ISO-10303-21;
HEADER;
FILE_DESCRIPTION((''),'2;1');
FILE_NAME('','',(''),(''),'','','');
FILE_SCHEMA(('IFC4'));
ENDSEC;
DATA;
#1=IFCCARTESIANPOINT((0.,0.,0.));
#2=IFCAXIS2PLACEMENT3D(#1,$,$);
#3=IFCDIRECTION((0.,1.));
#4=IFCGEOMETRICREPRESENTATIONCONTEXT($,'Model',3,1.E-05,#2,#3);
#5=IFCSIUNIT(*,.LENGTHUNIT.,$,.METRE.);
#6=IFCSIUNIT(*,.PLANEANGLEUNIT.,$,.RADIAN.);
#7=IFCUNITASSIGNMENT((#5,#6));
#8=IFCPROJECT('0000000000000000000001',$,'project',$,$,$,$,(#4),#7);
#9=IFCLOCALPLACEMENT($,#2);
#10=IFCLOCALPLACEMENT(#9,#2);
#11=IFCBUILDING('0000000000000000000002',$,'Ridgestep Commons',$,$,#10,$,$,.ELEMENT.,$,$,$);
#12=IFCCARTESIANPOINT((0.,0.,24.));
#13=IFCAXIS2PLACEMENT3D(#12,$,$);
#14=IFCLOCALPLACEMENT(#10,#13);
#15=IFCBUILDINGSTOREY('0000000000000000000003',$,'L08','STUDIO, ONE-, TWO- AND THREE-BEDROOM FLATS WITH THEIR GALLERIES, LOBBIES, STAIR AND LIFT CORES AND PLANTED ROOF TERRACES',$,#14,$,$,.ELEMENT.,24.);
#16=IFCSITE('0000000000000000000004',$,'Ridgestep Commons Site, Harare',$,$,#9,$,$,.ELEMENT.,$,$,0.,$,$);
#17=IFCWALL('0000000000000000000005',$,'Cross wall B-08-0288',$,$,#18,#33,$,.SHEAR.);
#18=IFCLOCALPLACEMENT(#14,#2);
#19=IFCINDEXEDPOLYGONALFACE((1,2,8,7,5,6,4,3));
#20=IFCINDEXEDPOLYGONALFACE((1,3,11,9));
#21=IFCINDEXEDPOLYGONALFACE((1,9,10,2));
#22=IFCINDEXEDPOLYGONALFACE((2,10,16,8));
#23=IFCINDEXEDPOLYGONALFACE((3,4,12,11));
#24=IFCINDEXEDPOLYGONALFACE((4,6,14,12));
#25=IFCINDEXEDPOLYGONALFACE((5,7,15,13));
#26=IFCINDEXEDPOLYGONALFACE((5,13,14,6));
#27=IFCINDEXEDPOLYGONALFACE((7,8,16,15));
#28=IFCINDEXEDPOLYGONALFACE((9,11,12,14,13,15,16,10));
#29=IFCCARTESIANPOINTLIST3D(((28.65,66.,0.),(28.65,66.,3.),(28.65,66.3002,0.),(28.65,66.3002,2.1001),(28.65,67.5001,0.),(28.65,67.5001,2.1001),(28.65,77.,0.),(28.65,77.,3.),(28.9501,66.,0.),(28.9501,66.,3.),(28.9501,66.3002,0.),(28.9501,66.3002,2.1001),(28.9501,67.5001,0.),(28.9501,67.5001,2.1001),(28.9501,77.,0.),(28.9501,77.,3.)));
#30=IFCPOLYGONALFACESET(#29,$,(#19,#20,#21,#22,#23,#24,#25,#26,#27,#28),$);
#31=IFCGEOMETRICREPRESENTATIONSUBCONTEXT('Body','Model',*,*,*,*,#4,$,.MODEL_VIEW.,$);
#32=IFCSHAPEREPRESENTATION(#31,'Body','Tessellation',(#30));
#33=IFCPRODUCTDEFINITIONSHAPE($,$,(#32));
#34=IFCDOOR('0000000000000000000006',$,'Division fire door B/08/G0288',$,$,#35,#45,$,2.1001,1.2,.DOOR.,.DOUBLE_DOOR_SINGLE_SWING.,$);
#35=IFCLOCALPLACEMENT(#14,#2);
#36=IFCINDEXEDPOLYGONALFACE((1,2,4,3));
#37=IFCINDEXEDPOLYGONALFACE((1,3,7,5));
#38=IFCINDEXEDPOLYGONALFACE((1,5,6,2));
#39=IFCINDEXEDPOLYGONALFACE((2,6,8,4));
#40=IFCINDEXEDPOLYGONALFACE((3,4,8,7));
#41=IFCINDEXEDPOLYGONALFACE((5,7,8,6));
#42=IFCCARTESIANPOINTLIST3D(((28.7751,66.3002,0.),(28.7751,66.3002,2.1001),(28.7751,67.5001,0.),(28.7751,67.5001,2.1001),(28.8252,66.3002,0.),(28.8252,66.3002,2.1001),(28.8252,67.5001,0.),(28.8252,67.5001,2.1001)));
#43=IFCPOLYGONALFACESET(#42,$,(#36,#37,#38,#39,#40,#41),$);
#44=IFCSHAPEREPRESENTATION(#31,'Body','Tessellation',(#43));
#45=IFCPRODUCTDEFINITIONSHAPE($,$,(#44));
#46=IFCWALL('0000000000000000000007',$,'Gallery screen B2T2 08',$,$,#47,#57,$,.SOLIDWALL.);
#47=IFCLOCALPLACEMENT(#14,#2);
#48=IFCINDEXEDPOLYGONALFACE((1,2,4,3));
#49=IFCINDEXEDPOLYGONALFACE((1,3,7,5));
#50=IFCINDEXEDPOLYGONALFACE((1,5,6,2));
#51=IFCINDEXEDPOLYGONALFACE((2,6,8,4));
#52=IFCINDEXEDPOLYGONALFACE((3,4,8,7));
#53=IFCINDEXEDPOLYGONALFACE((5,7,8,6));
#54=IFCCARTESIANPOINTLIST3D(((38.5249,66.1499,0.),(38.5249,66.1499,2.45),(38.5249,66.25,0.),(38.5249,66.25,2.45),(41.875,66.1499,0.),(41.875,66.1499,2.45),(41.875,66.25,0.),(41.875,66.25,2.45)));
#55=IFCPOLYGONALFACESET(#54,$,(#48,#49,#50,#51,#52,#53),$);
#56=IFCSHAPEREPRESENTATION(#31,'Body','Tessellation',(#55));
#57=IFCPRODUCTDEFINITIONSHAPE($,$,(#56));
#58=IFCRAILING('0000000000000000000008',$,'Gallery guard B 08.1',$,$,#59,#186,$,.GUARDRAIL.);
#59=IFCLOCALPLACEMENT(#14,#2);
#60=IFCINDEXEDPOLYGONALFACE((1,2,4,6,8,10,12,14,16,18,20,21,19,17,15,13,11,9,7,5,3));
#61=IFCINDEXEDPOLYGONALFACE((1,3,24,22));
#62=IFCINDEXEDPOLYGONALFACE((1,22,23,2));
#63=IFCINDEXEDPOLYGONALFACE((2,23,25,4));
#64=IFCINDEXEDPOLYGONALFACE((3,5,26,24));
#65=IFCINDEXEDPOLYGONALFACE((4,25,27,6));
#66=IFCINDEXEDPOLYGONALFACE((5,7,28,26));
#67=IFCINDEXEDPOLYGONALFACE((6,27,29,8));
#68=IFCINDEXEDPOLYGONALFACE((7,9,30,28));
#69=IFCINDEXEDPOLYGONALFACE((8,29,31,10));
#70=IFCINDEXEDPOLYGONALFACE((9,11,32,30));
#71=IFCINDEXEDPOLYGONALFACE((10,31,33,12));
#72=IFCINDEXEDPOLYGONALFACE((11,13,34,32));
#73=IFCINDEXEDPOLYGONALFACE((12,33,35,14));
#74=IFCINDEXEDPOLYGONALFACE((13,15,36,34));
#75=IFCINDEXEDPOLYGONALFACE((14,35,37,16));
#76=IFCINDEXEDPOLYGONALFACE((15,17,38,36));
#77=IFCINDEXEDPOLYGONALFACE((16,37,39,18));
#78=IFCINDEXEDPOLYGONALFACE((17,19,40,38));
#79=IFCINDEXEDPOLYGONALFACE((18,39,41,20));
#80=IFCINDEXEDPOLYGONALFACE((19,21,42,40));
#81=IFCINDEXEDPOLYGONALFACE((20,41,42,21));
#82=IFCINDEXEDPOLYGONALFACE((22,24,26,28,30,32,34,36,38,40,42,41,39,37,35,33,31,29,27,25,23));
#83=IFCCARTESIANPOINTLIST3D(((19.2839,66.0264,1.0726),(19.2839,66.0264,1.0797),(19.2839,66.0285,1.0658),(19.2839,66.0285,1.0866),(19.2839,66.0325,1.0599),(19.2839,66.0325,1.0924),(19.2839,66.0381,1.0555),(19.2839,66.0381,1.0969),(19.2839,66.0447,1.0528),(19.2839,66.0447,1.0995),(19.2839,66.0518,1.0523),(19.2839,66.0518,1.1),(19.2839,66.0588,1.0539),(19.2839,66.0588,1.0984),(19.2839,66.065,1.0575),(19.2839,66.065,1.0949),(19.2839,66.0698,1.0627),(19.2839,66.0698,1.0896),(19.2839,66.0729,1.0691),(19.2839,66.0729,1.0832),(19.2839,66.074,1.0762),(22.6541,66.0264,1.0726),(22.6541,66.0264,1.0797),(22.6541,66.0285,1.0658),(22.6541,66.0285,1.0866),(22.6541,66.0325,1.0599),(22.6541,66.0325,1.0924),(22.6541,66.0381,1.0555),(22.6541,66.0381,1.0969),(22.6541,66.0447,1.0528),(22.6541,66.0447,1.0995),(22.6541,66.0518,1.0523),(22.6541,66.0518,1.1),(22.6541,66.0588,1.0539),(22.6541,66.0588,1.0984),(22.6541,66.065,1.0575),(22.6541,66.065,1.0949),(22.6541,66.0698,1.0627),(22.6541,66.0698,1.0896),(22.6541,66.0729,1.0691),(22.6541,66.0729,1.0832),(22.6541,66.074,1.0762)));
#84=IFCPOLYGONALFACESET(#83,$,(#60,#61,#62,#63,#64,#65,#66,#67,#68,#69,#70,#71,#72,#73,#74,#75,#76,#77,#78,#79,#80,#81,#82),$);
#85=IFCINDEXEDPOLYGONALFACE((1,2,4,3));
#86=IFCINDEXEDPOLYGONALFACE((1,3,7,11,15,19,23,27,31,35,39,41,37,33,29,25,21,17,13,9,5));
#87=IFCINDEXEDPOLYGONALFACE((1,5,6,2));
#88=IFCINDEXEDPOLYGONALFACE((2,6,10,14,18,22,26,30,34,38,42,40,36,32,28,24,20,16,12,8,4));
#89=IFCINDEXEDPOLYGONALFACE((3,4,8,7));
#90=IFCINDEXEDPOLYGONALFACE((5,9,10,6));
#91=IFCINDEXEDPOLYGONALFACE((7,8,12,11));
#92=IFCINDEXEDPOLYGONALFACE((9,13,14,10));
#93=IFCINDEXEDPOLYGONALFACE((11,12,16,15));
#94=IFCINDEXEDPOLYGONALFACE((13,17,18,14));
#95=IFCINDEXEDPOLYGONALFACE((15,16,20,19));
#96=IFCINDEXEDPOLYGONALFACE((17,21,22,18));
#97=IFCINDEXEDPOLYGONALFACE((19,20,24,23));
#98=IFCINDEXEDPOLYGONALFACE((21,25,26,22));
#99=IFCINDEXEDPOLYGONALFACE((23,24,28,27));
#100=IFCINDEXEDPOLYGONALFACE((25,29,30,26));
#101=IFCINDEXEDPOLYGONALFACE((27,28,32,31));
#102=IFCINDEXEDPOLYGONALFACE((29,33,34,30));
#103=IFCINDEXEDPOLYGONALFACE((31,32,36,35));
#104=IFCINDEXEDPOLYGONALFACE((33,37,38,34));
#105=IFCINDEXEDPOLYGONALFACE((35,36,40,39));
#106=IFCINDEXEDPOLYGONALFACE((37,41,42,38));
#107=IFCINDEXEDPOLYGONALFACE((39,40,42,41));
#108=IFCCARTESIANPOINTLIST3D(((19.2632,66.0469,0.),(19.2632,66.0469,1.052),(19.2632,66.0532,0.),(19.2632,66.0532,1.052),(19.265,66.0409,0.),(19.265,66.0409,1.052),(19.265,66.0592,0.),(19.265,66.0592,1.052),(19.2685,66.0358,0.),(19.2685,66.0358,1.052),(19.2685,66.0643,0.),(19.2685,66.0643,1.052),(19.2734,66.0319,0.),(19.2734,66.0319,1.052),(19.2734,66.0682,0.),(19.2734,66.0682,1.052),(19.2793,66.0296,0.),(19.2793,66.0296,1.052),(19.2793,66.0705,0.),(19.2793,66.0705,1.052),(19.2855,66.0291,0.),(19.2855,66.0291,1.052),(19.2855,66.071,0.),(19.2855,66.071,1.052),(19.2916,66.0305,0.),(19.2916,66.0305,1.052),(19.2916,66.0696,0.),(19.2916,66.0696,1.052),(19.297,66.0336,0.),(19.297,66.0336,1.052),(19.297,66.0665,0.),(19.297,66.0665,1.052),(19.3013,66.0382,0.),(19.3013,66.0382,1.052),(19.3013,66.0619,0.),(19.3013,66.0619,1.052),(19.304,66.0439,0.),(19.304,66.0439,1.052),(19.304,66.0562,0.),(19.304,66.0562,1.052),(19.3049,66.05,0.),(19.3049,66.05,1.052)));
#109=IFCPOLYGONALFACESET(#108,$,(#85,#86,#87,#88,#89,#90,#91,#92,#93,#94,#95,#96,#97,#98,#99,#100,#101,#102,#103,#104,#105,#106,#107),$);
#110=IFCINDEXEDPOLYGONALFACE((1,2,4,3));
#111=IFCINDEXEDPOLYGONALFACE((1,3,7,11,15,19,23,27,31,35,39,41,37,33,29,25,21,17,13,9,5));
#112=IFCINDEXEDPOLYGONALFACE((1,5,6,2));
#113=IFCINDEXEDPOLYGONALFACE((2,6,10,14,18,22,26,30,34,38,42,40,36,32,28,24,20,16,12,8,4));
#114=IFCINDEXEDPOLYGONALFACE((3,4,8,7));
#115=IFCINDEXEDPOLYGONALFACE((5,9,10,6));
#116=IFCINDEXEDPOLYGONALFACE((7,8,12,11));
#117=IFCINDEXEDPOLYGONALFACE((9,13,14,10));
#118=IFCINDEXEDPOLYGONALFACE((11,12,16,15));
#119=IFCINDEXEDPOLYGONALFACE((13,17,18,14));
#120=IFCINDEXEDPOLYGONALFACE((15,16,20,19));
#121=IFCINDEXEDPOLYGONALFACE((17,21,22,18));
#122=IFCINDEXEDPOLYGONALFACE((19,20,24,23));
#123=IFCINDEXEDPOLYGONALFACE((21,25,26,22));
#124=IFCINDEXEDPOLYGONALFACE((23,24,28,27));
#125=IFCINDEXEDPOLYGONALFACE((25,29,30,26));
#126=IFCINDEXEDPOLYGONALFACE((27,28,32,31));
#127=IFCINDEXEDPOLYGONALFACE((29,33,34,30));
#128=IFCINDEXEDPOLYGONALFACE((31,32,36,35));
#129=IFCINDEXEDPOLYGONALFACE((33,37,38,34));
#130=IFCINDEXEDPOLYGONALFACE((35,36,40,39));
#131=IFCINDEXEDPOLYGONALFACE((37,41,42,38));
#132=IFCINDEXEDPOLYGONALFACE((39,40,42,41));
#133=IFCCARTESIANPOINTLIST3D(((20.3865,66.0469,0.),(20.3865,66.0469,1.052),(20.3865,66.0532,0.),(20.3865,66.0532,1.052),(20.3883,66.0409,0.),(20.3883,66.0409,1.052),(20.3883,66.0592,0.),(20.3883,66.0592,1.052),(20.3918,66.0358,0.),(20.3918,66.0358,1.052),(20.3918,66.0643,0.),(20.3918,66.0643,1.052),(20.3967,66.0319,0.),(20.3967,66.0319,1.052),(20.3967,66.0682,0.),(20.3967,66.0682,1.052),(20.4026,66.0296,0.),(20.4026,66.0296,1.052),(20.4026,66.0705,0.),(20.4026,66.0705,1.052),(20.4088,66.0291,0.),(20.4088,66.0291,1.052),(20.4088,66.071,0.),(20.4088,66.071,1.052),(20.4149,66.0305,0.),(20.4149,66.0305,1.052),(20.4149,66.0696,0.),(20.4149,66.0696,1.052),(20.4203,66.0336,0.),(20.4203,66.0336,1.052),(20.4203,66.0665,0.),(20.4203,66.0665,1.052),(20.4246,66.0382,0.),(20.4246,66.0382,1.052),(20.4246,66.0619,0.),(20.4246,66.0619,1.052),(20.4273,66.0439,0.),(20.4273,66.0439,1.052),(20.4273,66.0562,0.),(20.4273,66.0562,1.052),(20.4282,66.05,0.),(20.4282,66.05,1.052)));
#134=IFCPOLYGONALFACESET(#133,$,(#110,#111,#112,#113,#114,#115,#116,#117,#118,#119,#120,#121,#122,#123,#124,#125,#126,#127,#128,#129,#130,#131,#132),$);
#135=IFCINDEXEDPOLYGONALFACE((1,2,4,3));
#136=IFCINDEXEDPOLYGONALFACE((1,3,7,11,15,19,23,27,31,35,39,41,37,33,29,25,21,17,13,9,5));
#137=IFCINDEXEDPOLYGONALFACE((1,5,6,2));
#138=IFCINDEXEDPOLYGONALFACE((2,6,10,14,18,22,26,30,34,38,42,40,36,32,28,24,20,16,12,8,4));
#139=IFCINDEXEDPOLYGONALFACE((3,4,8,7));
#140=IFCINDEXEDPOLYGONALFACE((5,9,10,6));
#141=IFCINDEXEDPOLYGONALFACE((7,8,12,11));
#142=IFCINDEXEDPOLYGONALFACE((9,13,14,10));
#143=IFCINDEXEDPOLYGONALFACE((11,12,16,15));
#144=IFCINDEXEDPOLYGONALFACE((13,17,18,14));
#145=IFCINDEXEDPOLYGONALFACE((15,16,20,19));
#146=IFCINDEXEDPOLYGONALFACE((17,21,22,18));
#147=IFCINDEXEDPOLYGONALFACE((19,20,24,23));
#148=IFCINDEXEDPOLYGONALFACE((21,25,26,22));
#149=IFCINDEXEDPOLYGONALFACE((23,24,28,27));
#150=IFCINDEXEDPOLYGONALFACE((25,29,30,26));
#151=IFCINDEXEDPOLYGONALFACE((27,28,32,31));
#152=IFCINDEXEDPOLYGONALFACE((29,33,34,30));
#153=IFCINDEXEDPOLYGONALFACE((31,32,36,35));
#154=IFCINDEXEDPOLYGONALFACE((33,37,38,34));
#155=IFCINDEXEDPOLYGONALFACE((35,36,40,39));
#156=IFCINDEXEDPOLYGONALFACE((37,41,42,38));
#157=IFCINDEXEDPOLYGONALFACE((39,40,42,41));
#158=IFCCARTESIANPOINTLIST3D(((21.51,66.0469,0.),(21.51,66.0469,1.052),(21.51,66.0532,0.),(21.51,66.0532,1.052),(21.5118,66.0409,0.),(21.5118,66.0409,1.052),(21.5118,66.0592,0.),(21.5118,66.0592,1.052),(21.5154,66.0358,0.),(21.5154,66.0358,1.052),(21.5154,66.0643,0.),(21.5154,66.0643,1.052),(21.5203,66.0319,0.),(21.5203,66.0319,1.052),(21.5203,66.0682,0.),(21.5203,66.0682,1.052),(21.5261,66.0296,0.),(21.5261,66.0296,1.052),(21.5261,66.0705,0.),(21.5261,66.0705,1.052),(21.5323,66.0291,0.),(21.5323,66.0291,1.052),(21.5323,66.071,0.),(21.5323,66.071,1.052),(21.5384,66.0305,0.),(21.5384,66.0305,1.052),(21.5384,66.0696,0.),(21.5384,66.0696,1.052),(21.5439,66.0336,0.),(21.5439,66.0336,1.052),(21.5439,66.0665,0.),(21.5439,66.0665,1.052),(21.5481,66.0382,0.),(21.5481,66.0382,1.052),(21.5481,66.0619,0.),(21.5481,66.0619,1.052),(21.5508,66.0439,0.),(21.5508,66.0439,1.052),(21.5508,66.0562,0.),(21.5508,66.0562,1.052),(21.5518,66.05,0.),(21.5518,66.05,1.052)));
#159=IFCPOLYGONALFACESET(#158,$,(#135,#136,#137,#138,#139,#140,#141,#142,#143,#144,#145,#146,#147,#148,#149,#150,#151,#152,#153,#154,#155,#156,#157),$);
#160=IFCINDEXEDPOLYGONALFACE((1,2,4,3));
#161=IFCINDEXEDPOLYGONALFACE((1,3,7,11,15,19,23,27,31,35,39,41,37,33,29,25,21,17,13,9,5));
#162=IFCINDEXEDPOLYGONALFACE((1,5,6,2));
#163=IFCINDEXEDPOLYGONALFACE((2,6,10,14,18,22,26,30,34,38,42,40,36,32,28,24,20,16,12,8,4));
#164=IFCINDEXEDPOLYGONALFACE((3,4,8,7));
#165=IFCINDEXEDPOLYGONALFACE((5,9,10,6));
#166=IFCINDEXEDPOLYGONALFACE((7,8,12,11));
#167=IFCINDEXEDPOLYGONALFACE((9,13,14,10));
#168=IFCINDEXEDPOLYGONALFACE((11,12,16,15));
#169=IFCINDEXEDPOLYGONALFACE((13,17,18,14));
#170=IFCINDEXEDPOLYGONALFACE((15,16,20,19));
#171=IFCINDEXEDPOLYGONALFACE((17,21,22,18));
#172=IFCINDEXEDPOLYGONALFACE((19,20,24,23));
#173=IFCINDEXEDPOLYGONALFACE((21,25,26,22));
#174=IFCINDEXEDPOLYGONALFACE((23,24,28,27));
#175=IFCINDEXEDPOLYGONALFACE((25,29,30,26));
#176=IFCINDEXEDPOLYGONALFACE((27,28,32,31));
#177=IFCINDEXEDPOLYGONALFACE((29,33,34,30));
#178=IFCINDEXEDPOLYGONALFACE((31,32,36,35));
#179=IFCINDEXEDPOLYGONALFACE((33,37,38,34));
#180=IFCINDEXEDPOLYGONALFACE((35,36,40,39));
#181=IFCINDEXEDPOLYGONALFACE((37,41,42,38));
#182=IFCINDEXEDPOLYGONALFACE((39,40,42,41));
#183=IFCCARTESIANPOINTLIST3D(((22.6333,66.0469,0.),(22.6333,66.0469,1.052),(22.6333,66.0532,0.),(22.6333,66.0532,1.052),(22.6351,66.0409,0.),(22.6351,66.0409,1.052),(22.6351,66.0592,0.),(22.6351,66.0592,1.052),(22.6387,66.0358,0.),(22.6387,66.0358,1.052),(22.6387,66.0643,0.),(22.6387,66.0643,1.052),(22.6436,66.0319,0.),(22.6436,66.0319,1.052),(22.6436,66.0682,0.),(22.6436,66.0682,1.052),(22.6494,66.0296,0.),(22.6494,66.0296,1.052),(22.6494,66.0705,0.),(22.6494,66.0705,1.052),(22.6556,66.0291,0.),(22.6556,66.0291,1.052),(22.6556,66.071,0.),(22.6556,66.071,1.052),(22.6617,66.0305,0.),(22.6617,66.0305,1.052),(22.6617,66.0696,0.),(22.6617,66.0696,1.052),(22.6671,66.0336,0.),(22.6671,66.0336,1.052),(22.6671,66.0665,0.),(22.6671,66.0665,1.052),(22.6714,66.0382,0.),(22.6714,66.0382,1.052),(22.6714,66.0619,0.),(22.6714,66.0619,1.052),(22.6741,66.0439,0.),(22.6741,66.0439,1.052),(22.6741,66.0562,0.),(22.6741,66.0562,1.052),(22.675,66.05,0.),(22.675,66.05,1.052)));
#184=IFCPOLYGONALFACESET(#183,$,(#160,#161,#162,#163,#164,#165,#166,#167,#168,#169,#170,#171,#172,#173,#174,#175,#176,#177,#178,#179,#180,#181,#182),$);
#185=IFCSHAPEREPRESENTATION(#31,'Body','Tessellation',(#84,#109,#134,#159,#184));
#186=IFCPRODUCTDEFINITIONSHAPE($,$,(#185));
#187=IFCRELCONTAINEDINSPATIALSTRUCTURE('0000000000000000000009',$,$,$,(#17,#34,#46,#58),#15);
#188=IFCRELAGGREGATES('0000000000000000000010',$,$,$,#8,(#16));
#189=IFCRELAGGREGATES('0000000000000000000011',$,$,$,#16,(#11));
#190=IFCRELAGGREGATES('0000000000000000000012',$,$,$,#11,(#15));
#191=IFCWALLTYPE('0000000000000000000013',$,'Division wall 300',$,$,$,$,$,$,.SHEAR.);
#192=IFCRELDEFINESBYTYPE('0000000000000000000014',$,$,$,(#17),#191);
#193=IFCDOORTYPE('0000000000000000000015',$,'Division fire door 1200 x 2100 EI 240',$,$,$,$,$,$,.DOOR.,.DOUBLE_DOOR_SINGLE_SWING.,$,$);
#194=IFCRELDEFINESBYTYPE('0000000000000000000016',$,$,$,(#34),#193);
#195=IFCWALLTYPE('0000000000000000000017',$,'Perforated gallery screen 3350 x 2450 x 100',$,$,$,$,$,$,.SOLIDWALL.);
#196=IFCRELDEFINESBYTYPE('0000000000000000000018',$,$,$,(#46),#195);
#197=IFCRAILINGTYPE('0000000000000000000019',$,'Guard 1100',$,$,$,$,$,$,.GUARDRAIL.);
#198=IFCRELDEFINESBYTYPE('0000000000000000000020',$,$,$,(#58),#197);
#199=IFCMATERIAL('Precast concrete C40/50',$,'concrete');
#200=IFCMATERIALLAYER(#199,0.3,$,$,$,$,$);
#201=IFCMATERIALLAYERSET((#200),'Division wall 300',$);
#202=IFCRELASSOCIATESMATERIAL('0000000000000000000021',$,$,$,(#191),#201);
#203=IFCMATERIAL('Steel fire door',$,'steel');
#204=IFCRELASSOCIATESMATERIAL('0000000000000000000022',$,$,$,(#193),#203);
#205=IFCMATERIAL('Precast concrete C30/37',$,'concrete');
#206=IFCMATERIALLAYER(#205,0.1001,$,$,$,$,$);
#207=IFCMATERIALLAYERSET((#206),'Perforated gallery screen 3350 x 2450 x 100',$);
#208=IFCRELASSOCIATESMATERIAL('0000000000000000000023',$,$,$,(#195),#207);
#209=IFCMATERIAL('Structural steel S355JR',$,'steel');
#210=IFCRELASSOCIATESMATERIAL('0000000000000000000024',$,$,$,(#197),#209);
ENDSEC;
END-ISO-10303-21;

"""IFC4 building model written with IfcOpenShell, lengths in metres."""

from ifc_helpers import new_model, si_unit, direction, frame, frame_2d, origin, origin_2d, place, context, subcontext, project, spatial, rectangle, circle, extrude, material, layer, layer_set, type_object, element, fill, save


model = new_model("IFC4")

# Units and contexts
model_context = context("Model", 3, precision=1e-05, world=origin(), true_north=direction((0.0, 1.0)))
body_context = subcontext(model_context, "Body", "Model", "MODEL_VIEW")
ifc_project = project(units=[si_unit("LENGTHUNIT", "METRE"), si_unit("PLANEANGLEUNIT", "RADIAN")], contexts=[model_context])

# Site, building, storey
site_placement = place(None, origin())
site = spatial("IfcSite", under=ifc_project, at=site_placement, Name="Ridgestep Commons Site, Harare", CompositionType="ELEMENT", RefElevation=0.0)
building_placement = place(site_placement, origin())
building = spatial("IfcBuilding", under=site, at=building_placement, Name="Ridgestep Commons", CompositionType="ELEMENT")
storey_placement = place(building_placement, frame((0.0, 0.0, 24.0)))
storey = spatial("IfcBuildingStorey", under=building, at=storey_placement, Name="L08", Description="STUDIO, ONE-, TWO- AND THREE-BEDROOM FLATS WITH THEIR GALLERIES, LOBBIES, STAIR AND LIFT CORES AND PLANTED ROOF TERRACES", CompositionType="ELEMENT", Elevation=24.0)

# Wall, opening, door
ifc_material_1 = material(Name="Precast concrete C40/50", Category="concrete")
ifc_layer_1 = layer(ifc_material_1, 0.3)
ifc_layer_set_1 = layer_set([ifc_layer_1], Name="Division wall 300")
wall_type_1 = type_object("IfcWallType", Name="Division wall 300", PredefinedType="SHEAR", material=ifc_layer_set_1)
wall_1_placement = place(storey_placement, frame((28.8, 66.0, 0.0), z_axis=(0.0, 0.0, 1.0), x_axis=(0.0, 1.0, 0.0)))
wall_1 = element("IfcWall", 1, at=wall_1_placement, inside=storey, type_object=wall_type_1, Name="Cross wall B-08-0288", PredefinedType="SHEAR", context=body_context, shape_type="SweptSolid", body=[
    extrude(rectangle(XDim=11.0, YDim=0.3, at=frame_2d((5.5, 0.0))), origin(), (0.0, 0.0, 1.0), 3.0),
])
opening_1_placement = place(wall_1_placement, frame((0.3, 0.0, 0.0)))
opening_1 = element("IfcOpeningElement", 2, at=opening_1_placement, cuts=wall_1, PredefinedType="OPENING", context=body_context, shape_type="SweptSolid", body=[
    extrude(rectangle(XDim=1.2, YDim=2.1001, at=frame_2d((0.6001, 1.05))), frame((0.0, 0.1599, 0.0), z_axis=(0.0, -1.0, 0.0), x_axis=(1.0, 0.0, 0.0)), (0.0, 0.0, 1.0), 0.3201),
])
ifc_material_2 = material(Name="Steel fire door", Category="steel")
door_type_1 = type_object("IfcDoorType", Name="Division fire door 1200 x 2100 EI 240", OperationType="DOUBLE_DOOR_SINGLE_SWING", PredefinedType="DOOR", material=ifc_material_2)
door_1_placement = place(opening_1_placement, origin())
door_1 = element("IfcDoor", 3, at=door_1_placement, inside=storey, type_object=door_type_1, Name="Division fire door B/08/G0288", OperationType="DOUBLE_DOOR_SINGLE_SWING", OverallHeight=2.1001, OverallWidth=1.2, PredefinedType="DOOR", context=body_context, shape_type="SweptSolid", body=[
    extrude(rectangle(XDim=1.2, YDim=2.1001, at=frame_2d((0.6001, 1.05))), frame((0.0, 0.0249, 0.0), z_axis=(0.0, -1.0, 0.0), x_axis=(1.0, 0.0, 0.0)), (0.0, 0.0, 1.0), 0.05),
])
fill(opening_1, door_1)

# Wall
ifc_material_3 = material(Name="Precast concrete C30/37", Category="concrete")
ifc_layer_2 = layer(ifc_material_3, 0.1001)
ifc_layer_set_2 = layer_set([ifc_layer_2], Name="Perforated gallery screen 3350 x 2450 x 100")
wall_type_2 = type_object("IfcWallType", Name="Perforated gallery screen 3350 x 2450 x 100", PredefinedType="SOLIDWALL", material=ifc_layer_set_2)
wall_2_placement = place(storey_placement, frame((38.5249, 66.2, 0.0), z_axis=(0.0, 0.0, 1.0), x_axis=(1.0, 0.0, 0.0)))
element("IfcWall", 4, at=wall_2_placement, inside=storey, type_object=wall_type_2, Name="Gallery screen B2T2 08", PredefinedType="SOLIDWALL", context=body_context, shape_type="SweptSolid", body=[
    extrude(rectangle(XDim=3.3501, YDim=0.1001, at=frame_2d((1.675, 0.0))), origin(), (0.0, 0.0, 1.0), 2.45),
])

# Railing
ifc_material_4 = material(Name="Structural steel S355JR", Category="steel")
railing_type_1 = type_object("IfcRailingType", Name="Guard 1100", PredefinedType="GUARDRAIL", material=ifc_material_4)
railing_1_placement = place(storey_placement, frame((19.2839, 66.05, 0.0)))
element("IfcRailing", 5, at=railing_1_placement, inside=storey, type_object=railing_type_1, Name="Gallery guard B 08.1", PredefinedType="GUARDRAIL", context=body_context, shape_type="SweptSolid", body=[
    extrude(circle(Radius=0.0239, at=origin_2d()), frame((0.0, 0.0, 1.0762), z_axis=(1.0, 0.0, 0.0), x_axis=(0.0, 1.0, 0.0)), (0.0, 0.0, 1.0), 3.3701),
    extrude(circle(Radius=0.021, at=origin_2d()), origin(), (0.0, 0.0, 1.0), 1.052),
    extrude(circle(Radius=0.021, at=origin_2d()), frame((1.1233, 0.0, 0.0)), (0.0, 0.0, 1.0), 1.052),
    extrude(circle(Radius=0.021, at=origin_2d()), frame((2.2468, 0.0, 0.0)), (0.0, 0.0, 1.0), 1.052),
    extrude(circle(Radius=0.021, at=origin_2d()), frame((3.3701, 0.0, 0.0)), (0.0, 0.0, 1.0), 1.052),
])

save(model, "model.ifc")
